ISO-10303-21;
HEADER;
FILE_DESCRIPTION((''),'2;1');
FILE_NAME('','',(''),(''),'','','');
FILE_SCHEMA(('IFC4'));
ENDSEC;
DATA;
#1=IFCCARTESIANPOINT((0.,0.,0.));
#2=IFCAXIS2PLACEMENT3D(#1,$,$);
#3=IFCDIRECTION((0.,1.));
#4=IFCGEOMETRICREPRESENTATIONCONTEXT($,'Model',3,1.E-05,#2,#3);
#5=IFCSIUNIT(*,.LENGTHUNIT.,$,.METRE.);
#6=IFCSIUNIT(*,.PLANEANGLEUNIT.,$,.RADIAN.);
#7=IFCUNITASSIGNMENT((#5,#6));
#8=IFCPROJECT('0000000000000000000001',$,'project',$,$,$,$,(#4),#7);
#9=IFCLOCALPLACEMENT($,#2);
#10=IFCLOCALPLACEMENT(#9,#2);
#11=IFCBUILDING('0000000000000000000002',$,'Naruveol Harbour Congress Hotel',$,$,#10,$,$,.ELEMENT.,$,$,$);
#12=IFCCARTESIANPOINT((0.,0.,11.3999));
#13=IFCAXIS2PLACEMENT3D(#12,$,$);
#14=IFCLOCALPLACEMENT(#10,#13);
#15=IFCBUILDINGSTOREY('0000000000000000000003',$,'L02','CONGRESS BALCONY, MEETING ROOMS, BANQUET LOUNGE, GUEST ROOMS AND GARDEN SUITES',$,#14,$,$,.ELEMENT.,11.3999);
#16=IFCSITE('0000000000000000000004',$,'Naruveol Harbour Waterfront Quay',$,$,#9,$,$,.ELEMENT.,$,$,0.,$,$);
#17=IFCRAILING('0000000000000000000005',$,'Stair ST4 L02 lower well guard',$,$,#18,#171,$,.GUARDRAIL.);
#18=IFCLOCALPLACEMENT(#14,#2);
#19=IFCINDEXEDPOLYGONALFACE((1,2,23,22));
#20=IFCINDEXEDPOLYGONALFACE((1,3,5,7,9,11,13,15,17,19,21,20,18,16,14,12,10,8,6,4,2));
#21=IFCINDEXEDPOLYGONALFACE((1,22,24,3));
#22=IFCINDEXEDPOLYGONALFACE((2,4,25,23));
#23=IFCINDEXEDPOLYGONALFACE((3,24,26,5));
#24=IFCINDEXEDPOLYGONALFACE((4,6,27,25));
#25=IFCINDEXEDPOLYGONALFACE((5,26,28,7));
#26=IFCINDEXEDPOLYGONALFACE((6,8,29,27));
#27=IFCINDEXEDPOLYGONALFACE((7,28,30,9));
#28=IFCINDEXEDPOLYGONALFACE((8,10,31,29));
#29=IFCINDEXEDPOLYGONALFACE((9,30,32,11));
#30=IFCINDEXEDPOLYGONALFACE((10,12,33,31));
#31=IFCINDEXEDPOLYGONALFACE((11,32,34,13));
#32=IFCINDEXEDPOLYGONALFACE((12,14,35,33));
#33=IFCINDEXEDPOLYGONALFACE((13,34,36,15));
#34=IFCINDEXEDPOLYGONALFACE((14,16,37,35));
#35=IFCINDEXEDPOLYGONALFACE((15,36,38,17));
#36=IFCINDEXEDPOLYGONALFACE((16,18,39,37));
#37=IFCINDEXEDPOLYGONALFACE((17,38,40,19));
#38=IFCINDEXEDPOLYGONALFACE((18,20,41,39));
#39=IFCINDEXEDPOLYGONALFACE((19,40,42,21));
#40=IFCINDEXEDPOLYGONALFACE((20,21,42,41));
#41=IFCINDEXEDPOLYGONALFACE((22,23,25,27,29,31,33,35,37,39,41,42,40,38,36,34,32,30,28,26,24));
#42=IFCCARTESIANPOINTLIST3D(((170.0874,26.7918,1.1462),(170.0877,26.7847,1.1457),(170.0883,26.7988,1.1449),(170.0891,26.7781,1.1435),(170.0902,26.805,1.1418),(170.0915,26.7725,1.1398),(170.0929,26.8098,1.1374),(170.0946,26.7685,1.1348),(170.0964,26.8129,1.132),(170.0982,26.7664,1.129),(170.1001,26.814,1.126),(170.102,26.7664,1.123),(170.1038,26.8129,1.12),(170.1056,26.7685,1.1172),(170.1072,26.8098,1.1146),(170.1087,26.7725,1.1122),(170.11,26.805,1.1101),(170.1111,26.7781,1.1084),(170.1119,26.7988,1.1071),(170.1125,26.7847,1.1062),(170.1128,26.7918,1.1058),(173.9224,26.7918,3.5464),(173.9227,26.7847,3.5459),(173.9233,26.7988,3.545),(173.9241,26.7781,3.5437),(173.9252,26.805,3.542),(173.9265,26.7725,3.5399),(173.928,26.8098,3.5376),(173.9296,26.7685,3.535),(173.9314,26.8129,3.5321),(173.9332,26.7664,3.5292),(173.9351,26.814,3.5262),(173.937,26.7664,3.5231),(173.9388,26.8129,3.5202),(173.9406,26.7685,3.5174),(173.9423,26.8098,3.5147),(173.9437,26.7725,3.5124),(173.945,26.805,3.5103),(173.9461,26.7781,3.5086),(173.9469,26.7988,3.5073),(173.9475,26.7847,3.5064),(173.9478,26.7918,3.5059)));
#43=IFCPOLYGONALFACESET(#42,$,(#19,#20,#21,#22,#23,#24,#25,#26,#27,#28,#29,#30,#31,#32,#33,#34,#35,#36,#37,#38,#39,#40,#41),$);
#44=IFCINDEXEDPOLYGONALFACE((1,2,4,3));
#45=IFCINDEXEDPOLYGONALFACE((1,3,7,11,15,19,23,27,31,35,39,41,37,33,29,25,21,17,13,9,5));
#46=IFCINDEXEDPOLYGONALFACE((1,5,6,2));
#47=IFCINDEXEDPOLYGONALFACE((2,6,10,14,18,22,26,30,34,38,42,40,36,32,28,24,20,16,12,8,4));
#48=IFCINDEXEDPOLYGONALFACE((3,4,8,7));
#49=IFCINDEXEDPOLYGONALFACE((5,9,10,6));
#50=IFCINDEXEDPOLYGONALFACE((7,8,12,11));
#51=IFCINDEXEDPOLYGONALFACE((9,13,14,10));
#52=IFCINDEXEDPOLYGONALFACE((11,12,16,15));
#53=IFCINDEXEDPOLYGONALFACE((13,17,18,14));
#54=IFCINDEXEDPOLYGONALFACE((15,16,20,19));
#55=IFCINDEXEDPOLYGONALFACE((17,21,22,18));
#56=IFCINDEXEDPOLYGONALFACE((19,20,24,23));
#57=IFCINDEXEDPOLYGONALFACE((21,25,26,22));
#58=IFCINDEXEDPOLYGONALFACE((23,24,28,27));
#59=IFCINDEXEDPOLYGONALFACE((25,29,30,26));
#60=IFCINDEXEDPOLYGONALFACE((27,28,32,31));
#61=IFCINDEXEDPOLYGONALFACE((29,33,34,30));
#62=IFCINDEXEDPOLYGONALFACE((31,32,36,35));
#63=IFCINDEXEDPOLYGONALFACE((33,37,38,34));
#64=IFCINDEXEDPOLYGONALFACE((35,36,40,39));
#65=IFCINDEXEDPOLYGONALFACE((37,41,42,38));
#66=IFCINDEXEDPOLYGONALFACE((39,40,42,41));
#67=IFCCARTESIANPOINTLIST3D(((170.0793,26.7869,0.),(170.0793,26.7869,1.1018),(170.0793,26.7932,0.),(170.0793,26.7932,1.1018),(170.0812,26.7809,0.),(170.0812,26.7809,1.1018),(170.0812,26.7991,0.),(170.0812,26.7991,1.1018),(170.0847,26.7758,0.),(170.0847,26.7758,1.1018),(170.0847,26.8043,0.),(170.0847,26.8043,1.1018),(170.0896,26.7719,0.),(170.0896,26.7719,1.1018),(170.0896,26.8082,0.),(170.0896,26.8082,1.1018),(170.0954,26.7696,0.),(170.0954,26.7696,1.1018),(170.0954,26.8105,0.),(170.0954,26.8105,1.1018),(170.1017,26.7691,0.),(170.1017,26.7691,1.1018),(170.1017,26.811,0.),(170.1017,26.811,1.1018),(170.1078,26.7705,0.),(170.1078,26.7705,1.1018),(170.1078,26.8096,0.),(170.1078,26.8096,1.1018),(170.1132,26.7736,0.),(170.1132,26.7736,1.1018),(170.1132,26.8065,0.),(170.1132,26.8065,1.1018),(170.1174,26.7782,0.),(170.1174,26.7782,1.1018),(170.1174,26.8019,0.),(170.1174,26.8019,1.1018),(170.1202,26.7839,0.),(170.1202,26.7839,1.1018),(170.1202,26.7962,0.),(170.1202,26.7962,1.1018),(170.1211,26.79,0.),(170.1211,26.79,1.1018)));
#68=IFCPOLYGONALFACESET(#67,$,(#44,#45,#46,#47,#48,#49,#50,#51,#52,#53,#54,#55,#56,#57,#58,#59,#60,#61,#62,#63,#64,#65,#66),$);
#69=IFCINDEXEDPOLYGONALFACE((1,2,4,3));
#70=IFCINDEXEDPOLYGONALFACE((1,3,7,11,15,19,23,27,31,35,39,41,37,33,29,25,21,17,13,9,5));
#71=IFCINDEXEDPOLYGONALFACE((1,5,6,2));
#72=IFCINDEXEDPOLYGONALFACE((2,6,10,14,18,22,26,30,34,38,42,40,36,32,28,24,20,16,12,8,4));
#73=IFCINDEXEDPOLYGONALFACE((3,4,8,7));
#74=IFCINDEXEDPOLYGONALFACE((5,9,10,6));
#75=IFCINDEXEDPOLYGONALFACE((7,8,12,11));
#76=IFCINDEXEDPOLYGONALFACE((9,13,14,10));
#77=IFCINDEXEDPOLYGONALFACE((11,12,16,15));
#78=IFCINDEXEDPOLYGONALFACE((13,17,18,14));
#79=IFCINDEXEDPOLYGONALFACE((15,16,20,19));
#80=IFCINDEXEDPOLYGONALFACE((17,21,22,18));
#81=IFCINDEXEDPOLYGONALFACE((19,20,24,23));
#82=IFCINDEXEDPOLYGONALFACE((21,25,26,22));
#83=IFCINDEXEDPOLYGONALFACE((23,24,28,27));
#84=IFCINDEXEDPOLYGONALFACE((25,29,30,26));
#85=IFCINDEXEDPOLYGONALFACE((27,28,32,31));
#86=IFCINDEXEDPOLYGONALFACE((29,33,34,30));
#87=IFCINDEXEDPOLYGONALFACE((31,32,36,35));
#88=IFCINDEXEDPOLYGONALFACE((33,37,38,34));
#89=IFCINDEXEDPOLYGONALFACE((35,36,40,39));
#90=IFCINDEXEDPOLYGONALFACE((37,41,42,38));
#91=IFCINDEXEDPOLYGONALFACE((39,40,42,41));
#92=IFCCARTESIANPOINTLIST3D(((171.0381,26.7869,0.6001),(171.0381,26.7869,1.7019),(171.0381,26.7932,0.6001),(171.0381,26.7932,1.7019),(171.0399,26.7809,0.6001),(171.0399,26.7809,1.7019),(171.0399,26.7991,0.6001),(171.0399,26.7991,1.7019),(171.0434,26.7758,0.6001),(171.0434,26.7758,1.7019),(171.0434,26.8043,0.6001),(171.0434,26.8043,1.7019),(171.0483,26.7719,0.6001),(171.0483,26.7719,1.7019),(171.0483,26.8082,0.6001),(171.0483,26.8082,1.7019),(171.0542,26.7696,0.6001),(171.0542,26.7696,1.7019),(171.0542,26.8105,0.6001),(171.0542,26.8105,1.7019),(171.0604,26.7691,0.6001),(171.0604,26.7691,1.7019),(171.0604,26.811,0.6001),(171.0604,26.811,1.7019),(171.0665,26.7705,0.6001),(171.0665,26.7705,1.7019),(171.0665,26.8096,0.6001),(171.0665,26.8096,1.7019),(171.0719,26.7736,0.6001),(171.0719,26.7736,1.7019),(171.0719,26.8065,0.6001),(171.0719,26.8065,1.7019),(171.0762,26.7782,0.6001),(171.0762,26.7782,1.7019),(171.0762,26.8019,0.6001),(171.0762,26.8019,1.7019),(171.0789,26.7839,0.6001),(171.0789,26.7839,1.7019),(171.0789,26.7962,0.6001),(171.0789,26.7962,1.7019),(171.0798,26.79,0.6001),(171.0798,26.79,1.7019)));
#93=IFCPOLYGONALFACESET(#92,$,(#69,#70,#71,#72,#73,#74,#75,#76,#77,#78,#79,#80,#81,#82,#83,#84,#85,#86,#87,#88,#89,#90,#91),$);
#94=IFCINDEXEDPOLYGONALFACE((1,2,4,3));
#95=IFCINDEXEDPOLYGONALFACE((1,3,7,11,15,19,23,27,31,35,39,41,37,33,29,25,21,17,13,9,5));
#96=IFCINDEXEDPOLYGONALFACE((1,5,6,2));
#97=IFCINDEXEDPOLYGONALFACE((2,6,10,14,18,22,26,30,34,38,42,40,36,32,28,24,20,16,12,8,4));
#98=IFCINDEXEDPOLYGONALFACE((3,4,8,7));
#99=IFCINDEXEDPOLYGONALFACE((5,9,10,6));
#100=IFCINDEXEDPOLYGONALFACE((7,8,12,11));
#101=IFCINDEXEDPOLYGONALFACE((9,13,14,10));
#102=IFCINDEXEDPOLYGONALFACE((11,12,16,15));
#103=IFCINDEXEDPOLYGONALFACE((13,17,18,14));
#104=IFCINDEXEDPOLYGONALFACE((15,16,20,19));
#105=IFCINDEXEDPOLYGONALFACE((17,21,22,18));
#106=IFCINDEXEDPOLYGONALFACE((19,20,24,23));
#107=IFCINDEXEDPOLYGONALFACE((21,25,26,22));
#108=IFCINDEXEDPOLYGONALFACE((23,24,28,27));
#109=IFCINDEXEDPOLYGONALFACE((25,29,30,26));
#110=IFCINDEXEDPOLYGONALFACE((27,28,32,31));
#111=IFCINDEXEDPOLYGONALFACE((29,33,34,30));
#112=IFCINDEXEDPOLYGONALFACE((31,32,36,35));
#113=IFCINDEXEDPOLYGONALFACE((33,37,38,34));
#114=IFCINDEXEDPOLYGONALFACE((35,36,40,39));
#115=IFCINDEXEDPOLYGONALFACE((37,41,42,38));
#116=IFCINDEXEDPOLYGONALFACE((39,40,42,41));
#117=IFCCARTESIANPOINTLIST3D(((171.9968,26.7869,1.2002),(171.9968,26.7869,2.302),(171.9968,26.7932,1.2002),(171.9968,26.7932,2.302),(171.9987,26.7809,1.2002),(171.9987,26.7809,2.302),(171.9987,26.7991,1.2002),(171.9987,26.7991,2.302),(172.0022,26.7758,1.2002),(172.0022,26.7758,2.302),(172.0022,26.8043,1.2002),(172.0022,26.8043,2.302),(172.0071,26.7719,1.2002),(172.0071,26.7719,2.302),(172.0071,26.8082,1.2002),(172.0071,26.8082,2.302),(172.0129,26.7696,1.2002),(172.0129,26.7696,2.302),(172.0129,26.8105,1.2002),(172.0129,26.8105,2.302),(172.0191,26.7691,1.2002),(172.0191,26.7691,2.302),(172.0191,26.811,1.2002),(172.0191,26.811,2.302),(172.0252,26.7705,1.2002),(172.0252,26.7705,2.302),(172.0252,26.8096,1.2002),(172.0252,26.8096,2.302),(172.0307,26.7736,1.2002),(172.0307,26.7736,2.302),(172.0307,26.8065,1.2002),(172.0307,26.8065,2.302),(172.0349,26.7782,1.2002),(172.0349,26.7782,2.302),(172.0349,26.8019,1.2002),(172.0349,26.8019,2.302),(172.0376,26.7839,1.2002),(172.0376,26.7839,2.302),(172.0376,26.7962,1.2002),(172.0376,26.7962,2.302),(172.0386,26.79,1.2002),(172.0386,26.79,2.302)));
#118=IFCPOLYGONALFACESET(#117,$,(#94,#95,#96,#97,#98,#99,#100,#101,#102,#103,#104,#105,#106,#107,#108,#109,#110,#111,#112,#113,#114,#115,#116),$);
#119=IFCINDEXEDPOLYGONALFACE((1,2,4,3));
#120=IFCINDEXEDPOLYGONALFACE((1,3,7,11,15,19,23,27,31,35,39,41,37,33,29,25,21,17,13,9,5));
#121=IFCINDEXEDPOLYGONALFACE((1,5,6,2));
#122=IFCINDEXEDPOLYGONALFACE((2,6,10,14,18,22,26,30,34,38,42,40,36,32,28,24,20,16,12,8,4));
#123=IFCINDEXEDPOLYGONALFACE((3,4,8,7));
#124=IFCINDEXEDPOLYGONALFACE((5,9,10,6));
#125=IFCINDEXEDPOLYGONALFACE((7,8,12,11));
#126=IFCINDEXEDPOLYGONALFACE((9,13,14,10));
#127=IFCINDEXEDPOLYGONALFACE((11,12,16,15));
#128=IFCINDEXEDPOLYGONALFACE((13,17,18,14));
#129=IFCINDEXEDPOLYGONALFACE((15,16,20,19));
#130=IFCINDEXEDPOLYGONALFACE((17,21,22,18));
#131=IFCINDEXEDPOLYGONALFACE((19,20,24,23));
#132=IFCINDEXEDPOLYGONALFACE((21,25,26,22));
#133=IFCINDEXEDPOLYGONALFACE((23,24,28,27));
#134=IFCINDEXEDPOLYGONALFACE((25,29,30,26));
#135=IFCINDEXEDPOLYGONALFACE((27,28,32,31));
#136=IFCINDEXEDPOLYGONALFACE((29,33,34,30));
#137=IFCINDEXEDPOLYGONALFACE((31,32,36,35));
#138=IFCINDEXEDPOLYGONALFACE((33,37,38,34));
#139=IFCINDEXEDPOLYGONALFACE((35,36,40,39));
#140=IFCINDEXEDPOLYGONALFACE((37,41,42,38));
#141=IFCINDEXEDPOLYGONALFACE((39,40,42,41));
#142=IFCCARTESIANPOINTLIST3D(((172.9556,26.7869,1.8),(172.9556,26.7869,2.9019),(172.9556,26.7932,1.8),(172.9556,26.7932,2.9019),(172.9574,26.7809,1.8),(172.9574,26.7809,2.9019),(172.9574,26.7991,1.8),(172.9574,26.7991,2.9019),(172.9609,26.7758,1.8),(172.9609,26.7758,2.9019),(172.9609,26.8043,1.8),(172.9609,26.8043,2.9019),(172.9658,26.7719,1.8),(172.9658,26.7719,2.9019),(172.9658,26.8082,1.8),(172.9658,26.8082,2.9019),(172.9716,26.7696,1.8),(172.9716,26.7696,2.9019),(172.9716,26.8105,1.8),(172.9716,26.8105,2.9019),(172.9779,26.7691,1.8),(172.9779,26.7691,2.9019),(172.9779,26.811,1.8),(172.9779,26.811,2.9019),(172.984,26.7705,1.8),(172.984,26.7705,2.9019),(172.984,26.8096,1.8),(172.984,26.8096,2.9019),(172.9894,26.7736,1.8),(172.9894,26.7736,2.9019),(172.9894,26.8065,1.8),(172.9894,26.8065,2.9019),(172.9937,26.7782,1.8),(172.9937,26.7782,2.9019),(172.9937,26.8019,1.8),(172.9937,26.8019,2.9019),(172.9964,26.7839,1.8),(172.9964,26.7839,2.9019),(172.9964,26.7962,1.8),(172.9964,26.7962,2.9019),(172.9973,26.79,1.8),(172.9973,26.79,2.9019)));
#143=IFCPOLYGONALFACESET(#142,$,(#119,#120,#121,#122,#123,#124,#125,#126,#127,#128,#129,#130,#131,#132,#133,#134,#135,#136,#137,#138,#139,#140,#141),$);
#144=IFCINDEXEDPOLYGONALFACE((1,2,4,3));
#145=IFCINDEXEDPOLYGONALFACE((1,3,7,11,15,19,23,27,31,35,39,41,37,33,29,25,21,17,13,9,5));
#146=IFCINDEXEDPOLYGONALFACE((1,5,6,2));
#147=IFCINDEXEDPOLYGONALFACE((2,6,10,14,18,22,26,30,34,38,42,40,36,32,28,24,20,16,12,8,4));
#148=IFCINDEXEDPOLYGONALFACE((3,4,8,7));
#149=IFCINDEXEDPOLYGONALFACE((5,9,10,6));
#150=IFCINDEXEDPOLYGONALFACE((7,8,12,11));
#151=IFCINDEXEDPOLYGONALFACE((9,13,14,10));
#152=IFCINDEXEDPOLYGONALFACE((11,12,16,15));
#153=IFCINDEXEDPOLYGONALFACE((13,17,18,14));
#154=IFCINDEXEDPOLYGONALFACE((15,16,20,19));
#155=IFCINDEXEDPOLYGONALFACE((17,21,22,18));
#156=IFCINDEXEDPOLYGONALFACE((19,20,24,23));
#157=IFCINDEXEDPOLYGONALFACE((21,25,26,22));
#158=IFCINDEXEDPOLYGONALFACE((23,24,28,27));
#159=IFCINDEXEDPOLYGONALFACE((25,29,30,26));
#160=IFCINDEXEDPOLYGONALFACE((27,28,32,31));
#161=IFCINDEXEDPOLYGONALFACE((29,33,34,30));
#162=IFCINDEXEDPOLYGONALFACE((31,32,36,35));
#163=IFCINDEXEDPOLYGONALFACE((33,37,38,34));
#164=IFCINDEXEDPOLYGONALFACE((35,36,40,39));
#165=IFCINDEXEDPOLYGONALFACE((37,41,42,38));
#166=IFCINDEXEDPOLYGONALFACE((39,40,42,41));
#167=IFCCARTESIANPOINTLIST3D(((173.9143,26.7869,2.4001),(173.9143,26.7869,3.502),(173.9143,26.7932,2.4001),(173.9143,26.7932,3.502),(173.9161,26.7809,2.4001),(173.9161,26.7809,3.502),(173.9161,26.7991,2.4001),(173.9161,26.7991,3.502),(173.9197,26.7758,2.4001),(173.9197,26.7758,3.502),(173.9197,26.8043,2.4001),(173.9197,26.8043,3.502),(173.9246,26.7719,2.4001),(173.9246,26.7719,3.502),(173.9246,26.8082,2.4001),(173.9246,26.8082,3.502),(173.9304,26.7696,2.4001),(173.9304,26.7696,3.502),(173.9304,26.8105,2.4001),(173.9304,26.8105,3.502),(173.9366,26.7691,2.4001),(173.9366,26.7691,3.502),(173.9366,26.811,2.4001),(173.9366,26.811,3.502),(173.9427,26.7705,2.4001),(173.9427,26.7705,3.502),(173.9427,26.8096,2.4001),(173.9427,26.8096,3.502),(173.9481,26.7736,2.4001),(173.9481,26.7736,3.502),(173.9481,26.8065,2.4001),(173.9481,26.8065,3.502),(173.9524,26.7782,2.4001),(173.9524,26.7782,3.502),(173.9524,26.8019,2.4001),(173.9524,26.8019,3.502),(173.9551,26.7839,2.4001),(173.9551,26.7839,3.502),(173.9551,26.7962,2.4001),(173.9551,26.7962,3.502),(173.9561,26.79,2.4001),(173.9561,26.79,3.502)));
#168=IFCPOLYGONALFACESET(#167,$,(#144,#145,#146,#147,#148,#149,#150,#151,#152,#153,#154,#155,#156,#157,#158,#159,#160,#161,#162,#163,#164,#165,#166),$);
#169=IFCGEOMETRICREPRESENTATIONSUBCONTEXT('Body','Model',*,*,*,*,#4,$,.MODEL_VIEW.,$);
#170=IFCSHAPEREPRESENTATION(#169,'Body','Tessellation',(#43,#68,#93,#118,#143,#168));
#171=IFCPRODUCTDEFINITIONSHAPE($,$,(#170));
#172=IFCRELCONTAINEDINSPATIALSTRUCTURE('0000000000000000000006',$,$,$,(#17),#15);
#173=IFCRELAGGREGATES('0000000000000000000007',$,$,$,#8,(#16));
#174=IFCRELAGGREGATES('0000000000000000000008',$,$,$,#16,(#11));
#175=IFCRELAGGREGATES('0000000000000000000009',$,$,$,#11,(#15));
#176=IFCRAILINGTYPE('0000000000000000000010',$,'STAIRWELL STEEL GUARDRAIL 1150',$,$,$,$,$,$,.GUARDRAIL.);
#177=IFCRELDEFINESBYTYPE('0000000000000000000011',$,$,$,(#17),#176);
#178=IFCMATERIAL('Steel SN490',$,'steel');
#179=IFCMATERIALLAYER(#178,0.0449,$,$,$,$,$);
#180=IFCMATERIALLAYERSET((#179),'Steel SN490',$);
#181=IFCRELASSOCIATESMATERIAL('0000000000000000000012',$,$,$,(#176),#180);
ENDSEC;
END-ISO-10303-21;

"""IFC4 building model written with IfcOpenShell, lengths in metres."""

from ifc_helpers import new_model, si_unit, direction, frame, origin, origin_2d, place, context, subcontext, project, spatial, circle, extrude, material, layer, layer_set, type_object, element, save


model = new_model("IFC4")

# Units and contexts
model_context = context("Model", 3, precision=1e-05, world=origin(), true_north=direction((0.0, 1.0)))
body_context = subcontext(model_context, "Body", "Model", "MODEL_VIEW")
ifc_project = project(units=[si_unit("LENGTHUNIT", "METRE"), si_unit("PLANEANGLEUNIT", "RADIAN")], contexts=[model_context])

# Site, building, storey
site_placement = place(None, origin())
site = spatial("IfcSite", under=ifc_project, at=site_placement, Name="Naruveol Harbour Waterfront Quay", CompositionType="ELEMENT", RefElevation=0.0)
building_placement = place(site_placement, origin())
building = spatial("IfcBuilding", under=site, at=building_placement, Name="Naruveol Harbour Congress Hotel", CompositionType="ELEMENT")
storey_placement = place(building_placement, frame((0.0, 0.0, 11.3999)))
storey = spatial("IfcBuildingStorey", under=building, at=storey_placement, Name="L02", Description="CONGRESS BALCONY, MEETING ROOMS, BANQUET LOUNGE, GUEST ROOMS AND GARDEN SUITES", CompositionType="ELEMENT", Elevation=11.3999)

# Railing
ifc_material_1 = material(Name="Steel SN490", Category="steel")
ifc_layer_1 = layer(ifc_material_1, 0.0449)
ifc_layer_set_1 = layer_set([ifc_layer_1], Name="Steel SN490")
railing_type_1 = type_object("IfcRailingType", Name="STAIRWELL STEEL GUARDRAIL 1150", PredefinedType="GUARDRAIL", material=ifc_layer_set_1)
railing_1_placement = place(storey_placement, frame((170.1001, 26.79, 0.0)))
element("IfcRailing", 1, at=railing_1_placement, inside=storey, type_object=railing_type_1, Name="Stair ST4 L02 lower well guard", PredefinedType="GUARDRAIL", context=body_context, shape_type="SweptSolid", body=[
    extrude(circle(Radius=0.0239, at=origin_2d()), frame((0.0, 0.0, 1.126), z_axis=(0.847671, 0.0, 0.530523), x_axis=(0.0, 1.0, 0.0)), (0.0, 0.0, 1.0), 4.5242),
    extrude(circle(Radius=0.021, at=origin_2d()), origin(), (0.0, 0.0, 1.0), 1.1018),
    extrude(circle(Radius=0.021, at=origin_2d()), frame((0.9587, 0.0, 0.6001)), (0.0, 0.0, 1.0), 1.1018),
    extrude(circle(Radius=0.021, at=origin_2d()), frame((1.9175, 0.0, 1.2002)), (0.0, 0.0, 1.0), 1.1018),
    extrude(circle(Radius=0.021, at=origin_2d()), frame((2.8762, 0.0, 1.8)), (0.0, 0.0, 1.0), 1.1018),
    extrude(circle(Radius=0.021, at=origin_2d()), frame((3.835, 0.0, 2.4001)), (0.0, 0.0, 1.0), 1.1018),
])

save(model, "model.ifc")
